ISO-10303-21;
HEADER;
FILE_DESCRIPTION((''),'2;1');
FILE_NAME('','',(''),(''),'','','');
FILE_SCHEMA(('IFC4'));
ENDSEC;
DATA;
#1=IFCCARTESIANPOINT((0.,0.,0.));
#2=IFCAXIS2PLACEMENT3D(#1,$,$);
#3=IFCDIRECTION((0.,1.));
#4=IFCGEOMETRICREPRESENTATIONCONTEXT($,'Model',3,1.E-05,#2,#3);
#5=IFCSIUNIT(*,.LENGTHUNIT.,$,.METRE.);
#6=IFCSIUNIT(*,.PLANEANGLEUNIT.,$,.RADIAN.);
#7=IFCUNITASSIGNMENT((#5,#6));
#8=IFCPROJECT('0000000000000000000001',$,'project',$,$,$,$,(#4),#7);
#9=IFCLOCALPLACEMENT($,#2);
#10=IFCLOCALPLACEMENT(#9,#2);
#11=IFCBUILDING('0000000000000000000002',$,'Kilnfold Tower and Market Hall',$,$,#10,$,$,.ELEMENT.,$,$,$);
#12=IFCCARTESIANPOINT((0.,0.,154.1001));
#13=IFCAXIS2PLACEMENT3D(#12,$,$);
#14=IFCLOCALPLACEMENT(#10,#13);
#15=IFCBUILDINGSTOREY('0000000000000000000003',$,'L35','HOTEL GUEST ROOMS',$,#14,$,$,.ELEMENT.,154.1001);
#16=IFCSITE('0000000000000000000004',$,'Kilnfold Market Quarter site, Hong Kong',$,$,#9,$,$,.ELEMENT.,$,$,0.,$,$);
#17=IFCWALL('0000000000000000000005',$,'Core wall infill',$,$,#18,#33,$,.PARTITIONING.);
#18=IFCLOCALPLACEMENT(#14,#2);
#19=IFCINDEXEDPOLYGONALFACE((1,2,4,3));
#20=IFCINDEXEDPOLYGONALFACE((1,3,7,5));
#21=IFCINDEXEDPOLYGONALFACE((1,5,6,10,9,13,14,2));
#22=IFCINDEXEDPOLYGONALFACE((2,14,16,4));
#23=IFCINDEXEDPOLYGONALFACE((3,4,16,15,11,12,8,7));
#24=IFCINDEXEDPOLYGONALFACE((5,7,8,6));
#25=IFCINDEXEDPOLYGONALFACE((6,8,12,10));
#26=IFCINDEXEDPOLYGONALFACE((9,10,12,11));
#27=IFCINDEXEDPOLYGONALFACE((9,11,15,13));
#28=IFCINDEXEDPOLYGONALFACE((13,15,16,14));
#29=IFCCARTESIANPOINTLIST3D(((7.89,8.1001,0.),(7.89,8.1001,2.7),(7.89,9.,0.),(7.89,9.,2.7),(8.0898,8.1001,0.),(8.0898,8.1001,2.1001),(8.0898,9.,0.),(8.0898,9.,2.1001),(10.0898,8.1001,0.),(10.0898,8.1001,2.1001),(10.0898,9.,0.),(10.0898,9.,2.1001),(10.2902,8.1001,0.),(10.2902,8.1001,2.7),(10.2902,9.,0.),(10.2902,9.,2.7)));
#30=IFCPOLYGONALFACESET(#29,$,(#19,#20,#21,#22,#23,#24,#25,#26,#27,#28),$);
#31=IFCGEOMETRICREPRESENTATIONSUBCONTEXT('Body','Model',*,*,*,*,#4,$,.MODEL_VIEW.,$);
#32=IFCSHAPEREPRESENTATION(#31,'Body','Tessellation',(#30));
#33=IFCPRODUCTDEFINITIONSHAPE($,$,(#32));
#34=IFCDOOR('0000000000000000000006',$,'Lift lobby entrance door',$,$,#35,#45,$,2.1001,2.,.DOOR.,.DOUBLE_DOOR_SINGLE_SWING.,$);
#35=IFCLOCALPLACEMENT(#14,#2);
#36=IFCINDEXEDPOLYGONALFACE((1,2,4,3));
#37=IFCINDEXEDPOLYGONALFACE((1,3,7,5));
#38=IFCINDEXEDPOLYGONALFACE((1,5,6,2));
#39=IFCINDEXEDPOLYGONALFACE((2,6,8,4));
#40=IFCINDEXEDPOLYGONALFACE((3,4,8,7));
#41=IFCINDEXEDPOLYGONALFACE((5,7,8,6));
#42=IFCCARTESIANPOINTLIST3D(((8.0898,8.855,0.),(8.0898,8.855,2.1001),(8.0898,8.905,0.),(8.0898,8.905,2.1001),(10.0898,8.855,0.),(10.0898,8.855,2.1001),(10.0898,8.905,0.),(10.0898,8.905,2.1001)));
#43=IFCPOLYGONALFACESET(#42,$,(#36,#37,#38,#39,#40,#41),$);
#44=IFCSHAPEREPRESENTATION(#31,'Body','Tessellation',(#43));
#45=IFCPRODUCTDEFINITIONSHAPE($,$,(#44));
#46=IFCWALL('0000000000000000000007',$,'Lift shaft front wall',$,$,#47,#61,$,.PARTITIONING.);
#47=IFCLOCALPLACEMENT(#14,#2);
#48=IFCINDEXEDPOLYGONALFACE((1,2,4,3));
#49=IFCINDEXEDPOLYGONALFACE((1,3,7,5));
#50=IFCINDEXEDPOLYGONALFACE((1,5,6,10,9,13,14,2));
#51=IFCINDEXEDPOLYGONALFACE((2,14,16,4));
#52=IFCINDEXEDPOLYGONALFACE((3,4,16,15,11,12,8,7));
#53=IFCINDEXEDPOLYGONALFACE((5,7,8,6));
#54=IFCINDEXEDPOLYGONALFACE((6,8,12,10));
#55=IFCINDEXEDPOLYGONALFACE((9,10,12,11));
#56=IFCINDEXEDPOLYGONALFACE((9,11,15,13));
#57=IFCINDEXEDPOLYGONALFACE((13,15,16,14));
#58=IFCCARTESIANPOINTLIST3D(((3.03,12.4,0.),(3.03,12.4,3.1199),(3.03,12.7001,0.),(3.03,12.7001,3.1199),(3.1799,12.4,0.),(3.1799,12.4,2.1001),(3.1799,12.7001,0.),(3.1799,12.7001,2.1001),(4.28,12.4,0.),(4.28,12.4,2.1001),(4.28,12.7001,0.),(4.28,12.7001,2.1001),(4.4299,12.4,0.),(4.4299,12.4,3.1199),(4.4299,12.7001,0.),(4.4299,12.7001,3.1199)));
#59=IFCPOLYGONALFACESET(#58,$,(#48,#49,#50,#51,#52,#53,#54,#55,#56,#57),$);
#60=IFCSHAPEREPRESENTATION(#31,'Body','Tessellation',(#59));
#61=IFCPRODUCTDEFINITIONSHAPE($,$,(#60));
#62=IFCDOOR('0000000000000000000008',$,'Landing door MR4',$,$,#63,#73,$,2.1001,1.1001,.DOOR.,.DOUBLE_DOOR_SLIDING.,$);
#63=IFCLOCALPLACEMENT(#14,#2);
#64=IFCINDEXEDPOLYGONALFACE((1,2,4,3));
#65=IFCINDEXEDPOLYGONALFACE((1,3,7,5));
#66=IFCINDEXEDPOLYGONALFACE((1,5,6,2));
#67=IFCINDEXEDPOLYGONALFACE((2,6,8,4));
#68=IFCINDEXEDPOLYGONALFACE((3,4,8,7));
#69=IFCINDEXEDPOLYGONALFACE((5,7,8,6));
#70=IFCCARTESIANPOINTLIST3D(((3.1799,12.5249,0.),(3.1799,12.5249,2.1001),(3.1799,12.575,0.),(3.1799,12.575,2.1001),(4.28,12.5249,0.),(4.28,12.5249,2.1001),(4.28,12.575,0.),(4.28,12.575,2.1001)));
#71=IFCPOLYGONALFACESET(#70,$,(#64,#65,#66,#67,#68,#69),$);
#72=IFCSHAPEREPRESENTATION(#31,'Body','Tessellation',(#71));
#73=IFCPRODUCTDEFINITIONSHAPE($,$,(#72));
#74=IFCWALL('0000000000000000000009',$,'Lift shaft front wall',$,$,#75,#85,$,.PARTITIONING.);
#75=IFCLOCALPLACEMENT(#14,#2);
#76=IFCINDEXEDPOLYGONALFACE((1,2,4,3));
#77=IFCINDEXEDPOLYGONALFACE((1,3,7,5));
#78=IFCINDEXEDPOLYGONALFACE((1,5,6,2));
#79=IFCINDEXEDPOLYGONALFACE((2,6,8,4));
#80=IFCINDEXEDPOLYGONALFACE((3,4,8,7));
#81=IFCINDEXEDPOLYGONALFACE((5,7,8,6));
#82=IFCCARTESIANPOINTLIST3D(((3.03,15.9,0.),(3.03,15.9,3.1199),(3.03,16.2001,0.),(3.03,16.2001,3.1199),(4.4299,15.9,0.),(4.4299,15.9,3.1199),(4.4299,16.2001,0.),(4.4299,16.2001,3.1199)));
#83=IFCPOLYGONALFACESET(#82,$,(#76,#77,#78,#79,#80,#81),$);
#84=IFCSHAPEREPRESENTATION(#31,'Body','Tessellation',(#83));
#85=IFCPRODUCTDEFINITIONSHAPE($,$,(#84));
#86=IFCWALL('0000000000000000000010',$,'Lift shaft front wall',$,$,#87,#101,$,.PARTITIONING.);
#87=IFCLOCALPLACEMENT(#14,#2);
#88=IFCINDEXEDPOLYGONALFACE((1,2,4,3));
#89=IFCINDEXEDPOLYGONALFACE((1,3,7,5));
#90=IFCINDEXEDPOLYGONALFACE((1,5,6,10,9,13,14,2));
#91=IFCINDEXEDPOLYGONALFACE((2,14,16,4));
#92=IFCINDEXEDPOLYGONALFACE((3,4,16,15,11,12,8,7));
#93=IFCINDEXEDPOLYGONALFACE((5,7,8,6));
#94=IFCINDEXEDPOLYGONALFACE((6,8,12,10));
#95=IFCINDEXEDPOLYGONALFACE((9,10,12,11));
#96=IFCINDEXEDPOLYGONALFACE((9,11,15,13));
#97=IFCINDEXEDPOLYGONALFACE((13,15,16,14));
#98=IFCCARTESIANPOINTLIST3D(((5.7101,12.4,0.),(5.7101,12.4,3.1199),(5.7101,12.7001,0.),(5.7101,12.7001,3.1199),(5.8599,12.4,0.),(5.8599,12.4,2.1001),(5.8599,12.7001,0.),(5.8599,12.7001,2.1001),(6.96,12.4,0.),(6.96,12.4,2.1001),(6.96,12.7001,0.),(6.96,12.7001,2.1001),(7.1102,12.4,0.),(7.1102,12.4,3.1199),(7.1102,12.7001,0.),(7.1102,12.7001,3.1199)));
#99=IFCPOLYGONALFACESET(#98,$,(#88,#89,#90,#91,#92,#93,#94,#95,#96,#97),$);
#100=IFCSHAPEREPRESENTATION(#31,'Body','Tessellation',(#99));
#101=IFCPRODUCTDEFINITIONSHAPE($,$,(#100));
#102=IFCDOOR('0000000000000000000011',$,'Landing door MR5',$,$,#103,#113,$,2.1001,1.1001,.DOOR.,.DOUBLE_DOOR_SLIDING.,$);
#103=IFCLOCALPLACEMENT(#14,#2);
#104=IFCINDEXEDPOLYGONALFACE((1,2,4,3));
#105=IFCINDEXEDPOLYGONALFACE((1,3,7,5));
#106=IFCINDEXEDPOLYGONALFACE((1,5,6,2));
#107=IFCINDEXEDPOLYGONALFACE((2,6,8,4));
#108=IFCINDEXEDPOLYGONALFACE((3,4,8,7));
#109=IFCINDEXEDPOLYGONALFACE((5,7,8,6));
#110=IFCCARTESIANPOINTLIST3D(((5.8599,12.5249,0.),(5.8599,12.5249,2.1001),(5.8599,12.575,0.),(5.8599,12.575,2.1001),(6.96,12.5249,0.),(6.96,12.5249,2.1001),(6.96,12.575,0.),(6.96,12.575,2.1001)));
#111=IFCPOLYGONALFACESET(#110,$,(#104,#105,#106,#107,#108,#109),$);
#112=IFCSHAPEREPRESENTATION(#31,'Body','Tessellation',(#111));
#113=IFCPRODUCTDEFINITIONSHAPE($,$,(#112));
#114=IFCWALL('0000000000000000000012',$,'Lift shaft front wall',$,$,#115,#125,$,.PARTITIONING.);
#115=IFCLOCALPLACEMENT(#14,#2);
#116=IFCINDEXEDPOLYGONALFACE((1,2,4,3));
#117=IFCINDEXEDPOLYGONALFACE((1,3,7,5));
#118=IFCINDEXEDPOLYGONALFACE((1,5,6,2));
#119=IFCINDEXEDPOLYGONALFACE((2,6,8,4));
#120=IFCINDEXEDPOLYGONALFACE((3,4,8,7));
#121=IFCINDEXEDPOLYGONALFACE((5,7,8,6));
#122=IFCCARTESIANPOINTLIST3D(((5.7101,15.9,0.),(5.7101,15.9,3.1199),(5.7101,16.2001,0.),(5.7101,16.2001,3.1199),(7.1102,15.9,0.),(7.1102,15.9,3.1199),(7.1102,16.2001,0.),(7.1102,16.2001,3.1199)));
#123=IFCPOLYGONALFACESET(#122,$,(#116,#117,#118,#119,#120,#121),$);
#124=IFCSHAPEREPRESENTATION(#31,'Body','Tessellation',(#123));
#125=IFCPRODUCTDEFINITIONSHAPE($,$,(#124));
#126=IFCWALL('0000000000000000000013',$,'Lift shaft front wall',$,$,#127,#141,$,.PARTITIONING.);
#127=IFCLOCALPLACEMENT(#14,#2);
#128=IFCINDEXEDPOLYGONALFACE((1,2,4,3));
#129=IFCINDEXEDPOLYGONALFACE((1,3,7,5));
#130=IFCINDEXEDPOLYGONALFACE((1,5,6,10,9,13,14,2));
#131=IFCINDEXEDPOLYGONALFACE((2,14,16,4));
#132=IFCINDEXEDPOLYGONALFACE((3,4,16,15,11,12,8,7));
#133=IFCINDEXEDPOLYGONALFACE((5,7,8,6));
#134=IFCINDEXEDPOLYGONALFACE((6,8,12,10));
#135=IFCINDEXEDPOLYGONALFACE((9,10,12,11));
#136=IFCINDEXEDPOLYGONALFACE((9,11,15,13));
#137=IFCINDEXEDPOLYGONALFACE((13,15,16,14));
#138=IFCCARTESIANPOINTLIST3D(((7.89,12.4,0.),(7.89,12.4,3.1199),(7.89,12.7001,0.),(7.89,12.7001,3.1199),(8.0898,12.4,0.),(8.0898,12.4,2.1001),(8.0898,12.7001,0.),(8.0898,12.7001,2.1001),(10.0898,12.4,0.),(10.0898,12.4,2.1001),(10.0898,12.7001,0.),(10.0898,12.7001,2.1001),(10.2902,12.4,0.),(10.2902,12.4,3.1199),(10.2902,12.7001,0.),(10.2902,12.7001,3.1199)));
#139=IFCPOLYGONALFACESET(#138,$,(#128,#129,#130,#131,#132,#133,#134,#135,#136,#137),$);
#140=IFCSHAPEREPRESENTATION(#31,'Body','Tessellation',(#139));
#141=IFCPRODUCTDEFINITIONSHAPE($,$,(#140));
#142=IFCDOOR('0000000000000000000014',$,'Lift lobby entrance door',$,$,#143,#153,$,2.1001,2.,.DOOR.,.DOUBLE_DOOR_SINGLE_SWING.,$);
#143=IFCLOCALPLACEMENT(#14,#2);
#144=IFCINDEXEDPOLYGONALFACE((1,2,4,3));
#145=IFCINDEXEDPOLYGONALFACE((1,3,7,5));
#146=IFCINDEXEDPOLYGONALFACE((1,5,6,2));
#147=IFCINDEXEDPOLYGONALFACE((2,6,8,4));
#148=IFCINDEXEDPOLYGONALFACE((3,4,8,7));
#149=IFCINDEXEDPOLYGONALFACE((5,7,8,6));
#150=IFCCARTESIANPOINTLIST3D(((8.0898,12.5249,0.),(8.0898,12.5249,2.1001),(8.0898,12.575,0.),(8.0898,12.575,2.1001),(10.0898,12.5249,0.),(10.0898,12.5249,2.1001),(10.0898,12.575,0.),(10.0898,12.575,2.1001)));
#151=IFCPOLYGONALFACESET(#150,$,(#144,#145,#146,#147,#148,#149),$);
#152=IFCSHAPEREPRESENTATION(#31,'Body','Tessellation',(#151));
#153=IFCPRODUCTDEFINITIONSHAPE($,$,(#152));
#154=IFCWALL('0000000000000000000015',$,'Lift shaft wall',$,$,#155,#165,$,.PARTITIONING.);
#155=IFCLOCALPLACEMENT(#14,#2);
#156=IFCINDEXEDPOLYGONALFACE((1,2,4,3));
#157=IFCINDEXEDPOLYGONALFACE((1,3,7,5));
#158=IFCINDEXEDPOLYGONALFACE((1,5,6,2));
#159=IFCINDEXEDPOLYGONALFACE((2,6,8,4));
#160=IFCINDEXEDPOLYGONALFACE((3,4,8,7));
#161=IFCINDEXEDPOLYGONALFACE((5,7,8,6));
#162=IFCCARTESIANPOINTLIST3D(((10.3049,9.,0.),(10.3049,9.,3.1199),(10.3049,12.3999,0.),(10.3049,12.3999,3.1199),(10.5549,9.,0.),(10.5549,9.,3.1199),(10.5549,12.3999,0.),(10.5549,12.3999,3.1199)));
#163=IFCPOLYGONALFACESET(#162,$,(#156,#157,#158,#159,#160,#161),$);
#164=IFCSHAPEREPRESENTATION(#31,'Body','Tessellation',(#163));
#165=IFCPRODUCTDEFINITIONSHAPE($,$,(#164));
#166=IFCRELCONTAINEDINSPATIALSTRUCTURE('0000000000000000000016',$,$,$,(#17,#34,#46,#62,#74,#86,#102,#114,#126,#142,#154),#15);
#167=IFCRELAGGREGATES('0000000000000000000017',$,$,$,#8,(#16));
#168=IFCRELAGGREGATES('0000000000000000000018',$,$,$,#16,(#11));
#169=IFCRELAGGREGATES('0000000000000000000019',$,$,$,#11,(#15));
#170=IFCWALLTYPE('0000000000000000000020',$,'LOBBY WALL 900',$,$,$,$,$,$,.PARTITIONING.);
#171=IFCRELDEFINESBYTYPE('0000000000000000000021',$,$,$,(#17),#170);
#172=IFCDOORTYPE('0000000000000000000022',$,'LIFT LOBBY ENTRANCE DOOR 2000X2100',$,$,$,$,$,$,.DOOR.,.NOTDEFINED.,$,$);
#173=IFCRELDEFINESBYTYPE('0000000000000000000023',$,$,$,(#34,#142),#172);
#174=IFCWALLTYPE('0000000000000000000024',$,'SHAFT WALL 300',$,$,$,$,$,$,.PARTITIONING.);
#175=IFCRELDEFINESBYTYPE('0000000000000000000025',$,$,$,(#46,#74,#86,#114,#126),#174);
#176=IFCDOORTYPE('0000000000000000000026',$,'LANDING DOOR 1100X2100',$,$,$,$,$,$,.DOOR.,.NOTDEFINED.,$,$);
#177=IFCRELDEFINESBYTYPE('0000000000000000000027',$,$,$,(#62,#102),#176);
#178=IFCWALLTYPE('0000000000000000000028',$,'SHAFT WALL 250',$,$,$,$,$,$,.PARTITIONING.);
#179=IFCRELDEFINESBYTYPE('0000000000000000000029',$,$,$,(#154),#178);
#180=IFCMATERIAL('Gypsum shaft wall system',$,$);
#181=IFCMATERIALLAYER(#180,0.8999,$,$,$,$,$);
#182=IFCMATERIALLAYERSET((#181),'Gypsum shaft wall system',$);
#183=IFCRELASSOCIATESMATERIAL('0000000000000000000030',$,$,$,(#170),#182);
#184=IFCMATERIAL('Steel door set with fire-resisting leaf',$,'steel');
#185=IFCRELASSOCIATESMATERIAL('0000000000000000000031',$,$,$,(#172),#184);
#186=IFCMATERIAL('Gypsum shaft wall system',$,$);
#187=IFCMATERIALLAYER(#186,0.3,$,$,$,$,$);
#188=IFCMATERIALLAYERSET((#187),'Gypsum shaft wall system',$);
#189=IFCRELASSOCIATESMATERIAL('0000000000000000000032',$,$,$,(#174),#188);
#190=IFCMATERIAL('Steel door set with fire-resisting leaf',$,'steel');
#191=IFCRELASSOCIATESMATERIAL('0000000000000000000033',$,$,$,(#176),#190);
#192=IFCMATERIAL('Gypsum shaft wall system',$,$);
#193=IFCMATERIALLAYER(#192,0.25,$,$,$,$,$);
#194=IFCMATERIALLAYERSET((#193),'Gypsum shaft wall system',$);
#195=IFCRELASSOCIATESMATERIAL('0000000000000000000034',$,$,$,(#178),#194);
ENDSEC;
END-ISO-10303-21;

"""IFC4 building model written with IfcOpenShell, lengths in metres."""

from ifc_helpers import new_model, si_unit, direction, frame, frame_2d, origin, place, context, subcontext, project, spatial, rectangle, extrude, source, transform, mapped, material, layer, layer_set, type_object, element, fill, save


model = new_model("IFC4")

# Units and contexts
model_context = context("Model", 3, precision=1e-05, world=origin(), true_north=direction((0.0, 1.0)))
body_context = subcontext(model_context, "Body", "Model", "MODEL_VIEW")
ifc_project = project(units=[si_unit("LENGTHUNIT", "METRE"), si_unit("PLANEANGLEUNIT", "RADIAN")], contexts=[model_context])

# Site, building, storey
site_placement = place(None, origin())
site = spatial("IfcSite", under=ifc_project, at=site_placement, Name="Kilnfold Market Quarter site, Hong Kong", CompositionType="ELEMENT", RefElevation=0.0)
building_placement = place(site_placement, origin())
building = spatial("IfcBuilding", under=site, at=building_placement, Name="Kilnfold Tower and Market Hall", CompositionType="ELEMENT")
storey_placement = place(building_placement, frame((0.0, 0.0, 154.1001)))
storey = spatial("IfcBuildingStorey", under=building, at=storey_placement, Name="L35", Description="HOTEL GUEST ROOMS", CompositionType="ELEMENT", Elevation=154.1001)

# Walls, openings, doors
ifc_material_1 = material(Name="Gypsum shaft wall system")
ifc_layer_1 = layer(ifc_material_1, 0.8999)
ifc_layer_set_1 = layer_set([ifc_layer_1], Name="Gypsum shaft wall system")
wall_type_1 = type_object("IfcWallType", Name="LOBBY WALL 900", PredefinedType="PARTITIONING", material=ifc_layer_set_1)
shared_shape_1 = source(origin(), body_context, "Body", "SweptSolid", [
    extrude(rectangle(XDim=2.4001, YDim=0.8999, at=frame_2d((1.2002, 0.0))), origin(), (0.0, 0.0, 1.0), 2.7),
])
wall_1_placement = place(storey_placement, frame((7.8899, 8.55, 0.0), z_axis=(0.0, 0.0, 1.0), x_axis=(1.0, 0.0, 0.0)))
wall_1 = element("IfcWall", 1, at=wall_1_placement, inside=storey, type_object=wall_type_1, Name="Core wall infill", PredefinedType="PARTITIONING", context=body_context, shape_type="MappedRepresentation", body=[
    mapped(shared_shape_1, transform((0.0, 0.0, 0.0))),
])
opening_1_placement = place(wall_1_placement, frame((0.2, 0.0, 0.0)))
opening_1 = element("IfcOpeningElement", 2, at=opening_1_placement, cuts=wall_1, PredefinedType="OPENING", context=body_context, shape_type="SweptSolid", body=[
    extrude(rectangle(XDim=2.0, YDim=2.1001, at=frame_2d((1.0, 1.05))), frame((0.0, 0.46, 0.0), z_axis=(0.0, -1.0, 0.0), x_axis=(1.0, 0.0, 0.0)), (0.0, 0.0, 1.0), 0.9199),
])
ifc_material_2 = material(Name="Steel door set with fire-resisting leaf", Category="steel")
door_type_1 = type_object("IfcDoorType", Name="LIFT LOBBY ENTRANCE DOOR 2000X2100", OperationType="NOTDEFINED", PredefinedType="DOOR", material=ifc_material_2)
door_1_placement = place(opening_1_placement, origin())
door_1 = element("IfcDoor", 3, at=door_1_placement, inside=storey, type_object=door_type_1, Name="Lift lobby entrance door", OperationType="DOUBLE_DOOR_SINGLE_SWING", OverallHeight=2.1001, OverallWidth=2.0, PredefinedType="DOOR", context=body_context, shape_type="SweptSolid", body=[
    extrude(rectangle(XDim=2.0, YDim=2.1001, at=frame_2d((1.0, 1.05))), frame((0.0, 0.355, 0.0), z_axis=(0.0, -1.0, 0.0), x_axis=(1.0, 0.0, 0.0)), (0.0, 0.0, 1.0), 0.05),
])
fill(opening_1, door_1)
ifc_material_3 = material(Name="Gypsum shaft wall system")
ifc_layer_2 = layer(ifc_material_3, 0.3)
ifc_layer_set_2 = layer_set([ifc_layer_2], Name="Gypsum shaft wall system")
wall_type_2 = type_object("IfcWallType", Name="SHAFT WALL 300", PredefinedType="PARTITIONING", material=ifc_layer_set_2)
shared_shape_2 = source(origin(), body_context, "Body", "SweptSolid", [
    extrude(rectangle(XDim=1.3999, YDim=0.3, at=frame_2d((0.7, 0.0))), origin(), (0.0, 0.0, 1.0), 3.1199),
])
wall_2_placement = place(storey_placement, frame((3.03, 12.55, 0.0), z_axis=(0.0, 0.0, 1.0), x_axis=(1.0, 0.0, 0.0)))
wall_2 = element("IfcWall", 4, at=wall_2_placement, inside=storey, type_object=wall_type_2, Name="Lift shaft front wall", PredefinedType="PARTITIONING", context=body_context, shape_type="MappedRepresentation", body=[
    mapped(shared_shape_2, transform((0.0, 0.0, 0.0))),
])
opening_2_placement = place(wall_2_placement, frame((0.1499, 0.0, 0.0)))
opening_2 = element("IfcOpeningElement", 5, at=opening_2_placement, cuts=wall_2, PredefinedType="OPENING", context=body_context, shape_type="SweptSolid", body=[
    extrude(rectangle(XDim=1.1001, YDim=2.1001, at=frame_2d((0.55, 1.05))), frame((0.0, 0.1602, 0.0), z_axis=(0.0, -1.0, 0.0), x_axis=(1.0, 0.0, 0.0)), (0.0, 0.0, 1.0), 0.3201),
])
ifc_material_4 = material(Name="Steel door set with fire-resisting leaf", Category="steel")
door_type_2 = type_object("IfcDoorType", Name="LANDING DOOR 1100X2100", OperationType="NOTDEFINED", PredefinedType="DOOR", material=ifc_material_4)
door_2_placement = place(opening_2_placement, origin())
door_2 = element("IfcDoor", 6, at=door_2_placement, inside=storey, type_object=door_type_2, Name="Landing door MR4", OperationType="DOUBLE_DOOR_SLIDING", OverallHeight=2.1001, OverallWidth=1.1001, PredefinedType="DOOR", context=body_context, shape_type="SweptSolid", body=[
    extrude(rectangle(XDim=1.1001, YDim=2.1001, at=frame_2d((0.55, 1.05))), frame((0.0, 0.0249, 0.0), z_axis=(0.0, -1.0, 0.0), x_axis=(1.0, 0.0, 0.0)), (0.0, 0.0, 1.0), 0.05),
])
fill(opening_2, door_2)

# Wall
wall_3_placement = place(storey_placement, frame((3.03, 16.05, 0.0), z_axis=(0.0, 0.0, 1.0), x_axis=(1.0, 0.0, 0.0)))
element("IfcWall", 7, at=wall_3_placement, inside=storey, type_object=wall_type_2, Name="Lift shaft front wall", PredefinedType="PARTITIONING", context=body_context, shape_type="MappedRepresentation", body=[
    mapped(shared_shape_2, transform((0.0, 0.0, 0.0))),
])

# Wall, opening, door
shared_shape_3 = source(origin(), body_context, "Body", "SweptSolid", [
    extrude(rectangle(XDim=1.4001, YDim=0.3, at=frame_2d((0.7002, 0.0))), origin(), (0.0, 0.0, 1.0), 3.1199),
])
wall_4_placement = place(storey_placement, frame((5.71, 12.55, 0.0), z_axis=(0.0, 0.0, 1.0), x_axis=(1.0, 0.0, 0.0)))
wall_4 = element("IfcWall", 8, at=wall_4_placement, inside=storey, type_object=wall_type_2, Name="Lift shaft front wall", PredefinedType="PARTITIONING", context=body_context, shape_type="MappedRepresentation", body=[
    mapped(shared_shape_3, transform((0.0, 0.0, 0.0))),
])
opening_3_placement = place(wall_4_placement, frame((0.1499, 0.0, 0.0)))
opening_3 = element("IfcOpeningElement", 9, at=opening_3_placement, cuts=wall_4, PredefinedType="OPENING", context=body_context, shape_type="SweptSolid", body=[
    extrude(rectangle(XDim=1.1001, YDim=2.1001, at=frame_2d((0.55, 1.05))), frame((0.0, 0.1602, 0.0), z_axis=(0.0, -1.0, 0.0), x_axis=(1.0, 0.0, 0.0)), (0.0, 0.0, 1.0), 0.3201),
])
door_3_placement = place(opening_3_placement, origin())
door_3 = element("IfcDoor", 10, at=door_3_placement, inside=storey, type_object=door_type_2, Name="Landing door MR5", OperationType="DOUBLE_DOOR_SLIDING", OverallHeight=2.1001, OverallWidth=1.1001, PredefinedType="DOOR", context=body_context, shape_type="SweptSolid", body=[
    extrude(rectangle(XDim=1.1001, YDim=2.1001, at=frame_2d((0.55, 1.05))), frame((0.0, 0.0249, 0.0), z_axis=(0.0, -1.0, 0.0), x_axis=(1.0, 0.0, 0.0)), (0.0, 0.0, 1.0), 0.05),
])
fill(opening_3, door_3)

# Wall
wall_5_placement = place(storey_placement, frame((5.71, 16.05, 0.0), z_axis=(0.0, 0.0, 1.0), x_axis=(1.0, 0.0, 0.0)))
element("IfcWall", 11, at=wall_5_placement, inside=storey, type_object=wall_type_2, Name="Lift shaft front wall", PredefinedType="PARTITIONING", context=body_context, shape_type="MappedRepresentation", body=[
    mapped(shared_shape_3, transform((0.0, 0.0, 0.0))),
])

# Wall, opening, door
shared_shape_4 = source(origin(), body_context, "Body", "SweptSolid", [
    extrude(rectangle(XDim=2.4001, YDim=0.3, at=frame_2d((1.2002, 0.0))), origin(), (0.0, 0.0, 1.0), 3.1199),
])
wall_6_placement = place(storey_placement, frame((7.8899, 12.55, 0.0), z_axis=(0.0, 0.0, 1.0), x_axis=(1.0, 0.0, 0.0)))
wall_6 = element("IfcWall", 12, at=wall_6_placement, inside=storey, type_object=wall_type_2, Name="Lift shaft front wall", PredefinedType="PARTITIONING", context=body_context, shape_type="MappedRepresentation", body=[
    mapped(shared_shape_4, transform((0.0, 0.0, 0.0))),
])
opening_4_placement = place(wall_6_placement, frame((0.2, 0.0, 0.0)))
opening_4 = element("IfcOpeningElement", 13, at=opening_4_placement, cuts=wall_6, PredefinedType="OPENING", context=body_context, shape_type="SweptSolid", body=[
    extrude(rectangle(XDim=2.0, YDim=2.1001, at=frame_2d((1.0, 1.05))), frame((0.0, 0.1602, 0.0), z_axis=(0.0, -1.0, 0.0), x_axis=(1.0, 0.0, 0.0)), (0.0, 0.0, 1.0), 0.3201),
])
door_4_placement = place(opening_4_placement, origin())
door_4 = element("IfcDoor", 14, at=door_4_placement, inside=storey, type_object=door_type_1, Name="Lift lobby entrance door", OperationType="DOUBLE_DOOR_SINGLE_SWING", OverallHeight=2.1001, OverallWidth=2.0, PredefinedType="DOOR", context=body_context, shape_type="SweptSolid", body=[
    extrude(rectangle(XDim=2.0, YDim=2.1001, at=frame_2d((1.0, 1.05))), frame((0.0, 0.0249, 0.0), z_axis=(0.0, -1.0, 0.0), x_axis=(1.0, 0.0, 0.0)), (0.0, 0.0, 1.0), 0.05),
])
fill(opening_4, door_4)

# Wall
ifc_material_5 = material(Name="Gypsum shaft wall system")
ifc_layer_3 = layer(ifc_material_5, 0.25)
ifc_layer_set_3 = layer_set([ifc_layer_3], Name="Gypsum shaft wall system")
wall_type_3 = type_object("IfcWallType", Name="SHAFT WALL 250", PredefinedType="PARTITIONING", material=ifc_layer_set_3)
shared_shape_5 = source(origin(), body_context, "Body", "SweptSolid", [
    extrude(rectangle(XDim=3.3999, YDim=0.25, at=frame_2d((1.7, 0.0))), origin(), (0.0, 0.0, 1.0), 3.1199),
])
for number, where, z_axis, x_axis, name in (
    (15, (10.4299, 9.0, 0.0), (0.0, 0.0, 1.0), (0.0, 1.0, 0.0), "Lift shaft wall"),
):
    element("IfcWall", number, at=place(storey_placement, frame(where, z_axis=z_axis, x_axis=x_axis)), inside=storey, type_object=wall_type_3, Name=name, PredefinedType="PARTITIONING", context=body_context, shape_type="MappedRepresentation", body=[
        mapped(shared_shape_5, transform((0.0, 0.0, 0.0))),
    ])

save(model, "model.ifc")
